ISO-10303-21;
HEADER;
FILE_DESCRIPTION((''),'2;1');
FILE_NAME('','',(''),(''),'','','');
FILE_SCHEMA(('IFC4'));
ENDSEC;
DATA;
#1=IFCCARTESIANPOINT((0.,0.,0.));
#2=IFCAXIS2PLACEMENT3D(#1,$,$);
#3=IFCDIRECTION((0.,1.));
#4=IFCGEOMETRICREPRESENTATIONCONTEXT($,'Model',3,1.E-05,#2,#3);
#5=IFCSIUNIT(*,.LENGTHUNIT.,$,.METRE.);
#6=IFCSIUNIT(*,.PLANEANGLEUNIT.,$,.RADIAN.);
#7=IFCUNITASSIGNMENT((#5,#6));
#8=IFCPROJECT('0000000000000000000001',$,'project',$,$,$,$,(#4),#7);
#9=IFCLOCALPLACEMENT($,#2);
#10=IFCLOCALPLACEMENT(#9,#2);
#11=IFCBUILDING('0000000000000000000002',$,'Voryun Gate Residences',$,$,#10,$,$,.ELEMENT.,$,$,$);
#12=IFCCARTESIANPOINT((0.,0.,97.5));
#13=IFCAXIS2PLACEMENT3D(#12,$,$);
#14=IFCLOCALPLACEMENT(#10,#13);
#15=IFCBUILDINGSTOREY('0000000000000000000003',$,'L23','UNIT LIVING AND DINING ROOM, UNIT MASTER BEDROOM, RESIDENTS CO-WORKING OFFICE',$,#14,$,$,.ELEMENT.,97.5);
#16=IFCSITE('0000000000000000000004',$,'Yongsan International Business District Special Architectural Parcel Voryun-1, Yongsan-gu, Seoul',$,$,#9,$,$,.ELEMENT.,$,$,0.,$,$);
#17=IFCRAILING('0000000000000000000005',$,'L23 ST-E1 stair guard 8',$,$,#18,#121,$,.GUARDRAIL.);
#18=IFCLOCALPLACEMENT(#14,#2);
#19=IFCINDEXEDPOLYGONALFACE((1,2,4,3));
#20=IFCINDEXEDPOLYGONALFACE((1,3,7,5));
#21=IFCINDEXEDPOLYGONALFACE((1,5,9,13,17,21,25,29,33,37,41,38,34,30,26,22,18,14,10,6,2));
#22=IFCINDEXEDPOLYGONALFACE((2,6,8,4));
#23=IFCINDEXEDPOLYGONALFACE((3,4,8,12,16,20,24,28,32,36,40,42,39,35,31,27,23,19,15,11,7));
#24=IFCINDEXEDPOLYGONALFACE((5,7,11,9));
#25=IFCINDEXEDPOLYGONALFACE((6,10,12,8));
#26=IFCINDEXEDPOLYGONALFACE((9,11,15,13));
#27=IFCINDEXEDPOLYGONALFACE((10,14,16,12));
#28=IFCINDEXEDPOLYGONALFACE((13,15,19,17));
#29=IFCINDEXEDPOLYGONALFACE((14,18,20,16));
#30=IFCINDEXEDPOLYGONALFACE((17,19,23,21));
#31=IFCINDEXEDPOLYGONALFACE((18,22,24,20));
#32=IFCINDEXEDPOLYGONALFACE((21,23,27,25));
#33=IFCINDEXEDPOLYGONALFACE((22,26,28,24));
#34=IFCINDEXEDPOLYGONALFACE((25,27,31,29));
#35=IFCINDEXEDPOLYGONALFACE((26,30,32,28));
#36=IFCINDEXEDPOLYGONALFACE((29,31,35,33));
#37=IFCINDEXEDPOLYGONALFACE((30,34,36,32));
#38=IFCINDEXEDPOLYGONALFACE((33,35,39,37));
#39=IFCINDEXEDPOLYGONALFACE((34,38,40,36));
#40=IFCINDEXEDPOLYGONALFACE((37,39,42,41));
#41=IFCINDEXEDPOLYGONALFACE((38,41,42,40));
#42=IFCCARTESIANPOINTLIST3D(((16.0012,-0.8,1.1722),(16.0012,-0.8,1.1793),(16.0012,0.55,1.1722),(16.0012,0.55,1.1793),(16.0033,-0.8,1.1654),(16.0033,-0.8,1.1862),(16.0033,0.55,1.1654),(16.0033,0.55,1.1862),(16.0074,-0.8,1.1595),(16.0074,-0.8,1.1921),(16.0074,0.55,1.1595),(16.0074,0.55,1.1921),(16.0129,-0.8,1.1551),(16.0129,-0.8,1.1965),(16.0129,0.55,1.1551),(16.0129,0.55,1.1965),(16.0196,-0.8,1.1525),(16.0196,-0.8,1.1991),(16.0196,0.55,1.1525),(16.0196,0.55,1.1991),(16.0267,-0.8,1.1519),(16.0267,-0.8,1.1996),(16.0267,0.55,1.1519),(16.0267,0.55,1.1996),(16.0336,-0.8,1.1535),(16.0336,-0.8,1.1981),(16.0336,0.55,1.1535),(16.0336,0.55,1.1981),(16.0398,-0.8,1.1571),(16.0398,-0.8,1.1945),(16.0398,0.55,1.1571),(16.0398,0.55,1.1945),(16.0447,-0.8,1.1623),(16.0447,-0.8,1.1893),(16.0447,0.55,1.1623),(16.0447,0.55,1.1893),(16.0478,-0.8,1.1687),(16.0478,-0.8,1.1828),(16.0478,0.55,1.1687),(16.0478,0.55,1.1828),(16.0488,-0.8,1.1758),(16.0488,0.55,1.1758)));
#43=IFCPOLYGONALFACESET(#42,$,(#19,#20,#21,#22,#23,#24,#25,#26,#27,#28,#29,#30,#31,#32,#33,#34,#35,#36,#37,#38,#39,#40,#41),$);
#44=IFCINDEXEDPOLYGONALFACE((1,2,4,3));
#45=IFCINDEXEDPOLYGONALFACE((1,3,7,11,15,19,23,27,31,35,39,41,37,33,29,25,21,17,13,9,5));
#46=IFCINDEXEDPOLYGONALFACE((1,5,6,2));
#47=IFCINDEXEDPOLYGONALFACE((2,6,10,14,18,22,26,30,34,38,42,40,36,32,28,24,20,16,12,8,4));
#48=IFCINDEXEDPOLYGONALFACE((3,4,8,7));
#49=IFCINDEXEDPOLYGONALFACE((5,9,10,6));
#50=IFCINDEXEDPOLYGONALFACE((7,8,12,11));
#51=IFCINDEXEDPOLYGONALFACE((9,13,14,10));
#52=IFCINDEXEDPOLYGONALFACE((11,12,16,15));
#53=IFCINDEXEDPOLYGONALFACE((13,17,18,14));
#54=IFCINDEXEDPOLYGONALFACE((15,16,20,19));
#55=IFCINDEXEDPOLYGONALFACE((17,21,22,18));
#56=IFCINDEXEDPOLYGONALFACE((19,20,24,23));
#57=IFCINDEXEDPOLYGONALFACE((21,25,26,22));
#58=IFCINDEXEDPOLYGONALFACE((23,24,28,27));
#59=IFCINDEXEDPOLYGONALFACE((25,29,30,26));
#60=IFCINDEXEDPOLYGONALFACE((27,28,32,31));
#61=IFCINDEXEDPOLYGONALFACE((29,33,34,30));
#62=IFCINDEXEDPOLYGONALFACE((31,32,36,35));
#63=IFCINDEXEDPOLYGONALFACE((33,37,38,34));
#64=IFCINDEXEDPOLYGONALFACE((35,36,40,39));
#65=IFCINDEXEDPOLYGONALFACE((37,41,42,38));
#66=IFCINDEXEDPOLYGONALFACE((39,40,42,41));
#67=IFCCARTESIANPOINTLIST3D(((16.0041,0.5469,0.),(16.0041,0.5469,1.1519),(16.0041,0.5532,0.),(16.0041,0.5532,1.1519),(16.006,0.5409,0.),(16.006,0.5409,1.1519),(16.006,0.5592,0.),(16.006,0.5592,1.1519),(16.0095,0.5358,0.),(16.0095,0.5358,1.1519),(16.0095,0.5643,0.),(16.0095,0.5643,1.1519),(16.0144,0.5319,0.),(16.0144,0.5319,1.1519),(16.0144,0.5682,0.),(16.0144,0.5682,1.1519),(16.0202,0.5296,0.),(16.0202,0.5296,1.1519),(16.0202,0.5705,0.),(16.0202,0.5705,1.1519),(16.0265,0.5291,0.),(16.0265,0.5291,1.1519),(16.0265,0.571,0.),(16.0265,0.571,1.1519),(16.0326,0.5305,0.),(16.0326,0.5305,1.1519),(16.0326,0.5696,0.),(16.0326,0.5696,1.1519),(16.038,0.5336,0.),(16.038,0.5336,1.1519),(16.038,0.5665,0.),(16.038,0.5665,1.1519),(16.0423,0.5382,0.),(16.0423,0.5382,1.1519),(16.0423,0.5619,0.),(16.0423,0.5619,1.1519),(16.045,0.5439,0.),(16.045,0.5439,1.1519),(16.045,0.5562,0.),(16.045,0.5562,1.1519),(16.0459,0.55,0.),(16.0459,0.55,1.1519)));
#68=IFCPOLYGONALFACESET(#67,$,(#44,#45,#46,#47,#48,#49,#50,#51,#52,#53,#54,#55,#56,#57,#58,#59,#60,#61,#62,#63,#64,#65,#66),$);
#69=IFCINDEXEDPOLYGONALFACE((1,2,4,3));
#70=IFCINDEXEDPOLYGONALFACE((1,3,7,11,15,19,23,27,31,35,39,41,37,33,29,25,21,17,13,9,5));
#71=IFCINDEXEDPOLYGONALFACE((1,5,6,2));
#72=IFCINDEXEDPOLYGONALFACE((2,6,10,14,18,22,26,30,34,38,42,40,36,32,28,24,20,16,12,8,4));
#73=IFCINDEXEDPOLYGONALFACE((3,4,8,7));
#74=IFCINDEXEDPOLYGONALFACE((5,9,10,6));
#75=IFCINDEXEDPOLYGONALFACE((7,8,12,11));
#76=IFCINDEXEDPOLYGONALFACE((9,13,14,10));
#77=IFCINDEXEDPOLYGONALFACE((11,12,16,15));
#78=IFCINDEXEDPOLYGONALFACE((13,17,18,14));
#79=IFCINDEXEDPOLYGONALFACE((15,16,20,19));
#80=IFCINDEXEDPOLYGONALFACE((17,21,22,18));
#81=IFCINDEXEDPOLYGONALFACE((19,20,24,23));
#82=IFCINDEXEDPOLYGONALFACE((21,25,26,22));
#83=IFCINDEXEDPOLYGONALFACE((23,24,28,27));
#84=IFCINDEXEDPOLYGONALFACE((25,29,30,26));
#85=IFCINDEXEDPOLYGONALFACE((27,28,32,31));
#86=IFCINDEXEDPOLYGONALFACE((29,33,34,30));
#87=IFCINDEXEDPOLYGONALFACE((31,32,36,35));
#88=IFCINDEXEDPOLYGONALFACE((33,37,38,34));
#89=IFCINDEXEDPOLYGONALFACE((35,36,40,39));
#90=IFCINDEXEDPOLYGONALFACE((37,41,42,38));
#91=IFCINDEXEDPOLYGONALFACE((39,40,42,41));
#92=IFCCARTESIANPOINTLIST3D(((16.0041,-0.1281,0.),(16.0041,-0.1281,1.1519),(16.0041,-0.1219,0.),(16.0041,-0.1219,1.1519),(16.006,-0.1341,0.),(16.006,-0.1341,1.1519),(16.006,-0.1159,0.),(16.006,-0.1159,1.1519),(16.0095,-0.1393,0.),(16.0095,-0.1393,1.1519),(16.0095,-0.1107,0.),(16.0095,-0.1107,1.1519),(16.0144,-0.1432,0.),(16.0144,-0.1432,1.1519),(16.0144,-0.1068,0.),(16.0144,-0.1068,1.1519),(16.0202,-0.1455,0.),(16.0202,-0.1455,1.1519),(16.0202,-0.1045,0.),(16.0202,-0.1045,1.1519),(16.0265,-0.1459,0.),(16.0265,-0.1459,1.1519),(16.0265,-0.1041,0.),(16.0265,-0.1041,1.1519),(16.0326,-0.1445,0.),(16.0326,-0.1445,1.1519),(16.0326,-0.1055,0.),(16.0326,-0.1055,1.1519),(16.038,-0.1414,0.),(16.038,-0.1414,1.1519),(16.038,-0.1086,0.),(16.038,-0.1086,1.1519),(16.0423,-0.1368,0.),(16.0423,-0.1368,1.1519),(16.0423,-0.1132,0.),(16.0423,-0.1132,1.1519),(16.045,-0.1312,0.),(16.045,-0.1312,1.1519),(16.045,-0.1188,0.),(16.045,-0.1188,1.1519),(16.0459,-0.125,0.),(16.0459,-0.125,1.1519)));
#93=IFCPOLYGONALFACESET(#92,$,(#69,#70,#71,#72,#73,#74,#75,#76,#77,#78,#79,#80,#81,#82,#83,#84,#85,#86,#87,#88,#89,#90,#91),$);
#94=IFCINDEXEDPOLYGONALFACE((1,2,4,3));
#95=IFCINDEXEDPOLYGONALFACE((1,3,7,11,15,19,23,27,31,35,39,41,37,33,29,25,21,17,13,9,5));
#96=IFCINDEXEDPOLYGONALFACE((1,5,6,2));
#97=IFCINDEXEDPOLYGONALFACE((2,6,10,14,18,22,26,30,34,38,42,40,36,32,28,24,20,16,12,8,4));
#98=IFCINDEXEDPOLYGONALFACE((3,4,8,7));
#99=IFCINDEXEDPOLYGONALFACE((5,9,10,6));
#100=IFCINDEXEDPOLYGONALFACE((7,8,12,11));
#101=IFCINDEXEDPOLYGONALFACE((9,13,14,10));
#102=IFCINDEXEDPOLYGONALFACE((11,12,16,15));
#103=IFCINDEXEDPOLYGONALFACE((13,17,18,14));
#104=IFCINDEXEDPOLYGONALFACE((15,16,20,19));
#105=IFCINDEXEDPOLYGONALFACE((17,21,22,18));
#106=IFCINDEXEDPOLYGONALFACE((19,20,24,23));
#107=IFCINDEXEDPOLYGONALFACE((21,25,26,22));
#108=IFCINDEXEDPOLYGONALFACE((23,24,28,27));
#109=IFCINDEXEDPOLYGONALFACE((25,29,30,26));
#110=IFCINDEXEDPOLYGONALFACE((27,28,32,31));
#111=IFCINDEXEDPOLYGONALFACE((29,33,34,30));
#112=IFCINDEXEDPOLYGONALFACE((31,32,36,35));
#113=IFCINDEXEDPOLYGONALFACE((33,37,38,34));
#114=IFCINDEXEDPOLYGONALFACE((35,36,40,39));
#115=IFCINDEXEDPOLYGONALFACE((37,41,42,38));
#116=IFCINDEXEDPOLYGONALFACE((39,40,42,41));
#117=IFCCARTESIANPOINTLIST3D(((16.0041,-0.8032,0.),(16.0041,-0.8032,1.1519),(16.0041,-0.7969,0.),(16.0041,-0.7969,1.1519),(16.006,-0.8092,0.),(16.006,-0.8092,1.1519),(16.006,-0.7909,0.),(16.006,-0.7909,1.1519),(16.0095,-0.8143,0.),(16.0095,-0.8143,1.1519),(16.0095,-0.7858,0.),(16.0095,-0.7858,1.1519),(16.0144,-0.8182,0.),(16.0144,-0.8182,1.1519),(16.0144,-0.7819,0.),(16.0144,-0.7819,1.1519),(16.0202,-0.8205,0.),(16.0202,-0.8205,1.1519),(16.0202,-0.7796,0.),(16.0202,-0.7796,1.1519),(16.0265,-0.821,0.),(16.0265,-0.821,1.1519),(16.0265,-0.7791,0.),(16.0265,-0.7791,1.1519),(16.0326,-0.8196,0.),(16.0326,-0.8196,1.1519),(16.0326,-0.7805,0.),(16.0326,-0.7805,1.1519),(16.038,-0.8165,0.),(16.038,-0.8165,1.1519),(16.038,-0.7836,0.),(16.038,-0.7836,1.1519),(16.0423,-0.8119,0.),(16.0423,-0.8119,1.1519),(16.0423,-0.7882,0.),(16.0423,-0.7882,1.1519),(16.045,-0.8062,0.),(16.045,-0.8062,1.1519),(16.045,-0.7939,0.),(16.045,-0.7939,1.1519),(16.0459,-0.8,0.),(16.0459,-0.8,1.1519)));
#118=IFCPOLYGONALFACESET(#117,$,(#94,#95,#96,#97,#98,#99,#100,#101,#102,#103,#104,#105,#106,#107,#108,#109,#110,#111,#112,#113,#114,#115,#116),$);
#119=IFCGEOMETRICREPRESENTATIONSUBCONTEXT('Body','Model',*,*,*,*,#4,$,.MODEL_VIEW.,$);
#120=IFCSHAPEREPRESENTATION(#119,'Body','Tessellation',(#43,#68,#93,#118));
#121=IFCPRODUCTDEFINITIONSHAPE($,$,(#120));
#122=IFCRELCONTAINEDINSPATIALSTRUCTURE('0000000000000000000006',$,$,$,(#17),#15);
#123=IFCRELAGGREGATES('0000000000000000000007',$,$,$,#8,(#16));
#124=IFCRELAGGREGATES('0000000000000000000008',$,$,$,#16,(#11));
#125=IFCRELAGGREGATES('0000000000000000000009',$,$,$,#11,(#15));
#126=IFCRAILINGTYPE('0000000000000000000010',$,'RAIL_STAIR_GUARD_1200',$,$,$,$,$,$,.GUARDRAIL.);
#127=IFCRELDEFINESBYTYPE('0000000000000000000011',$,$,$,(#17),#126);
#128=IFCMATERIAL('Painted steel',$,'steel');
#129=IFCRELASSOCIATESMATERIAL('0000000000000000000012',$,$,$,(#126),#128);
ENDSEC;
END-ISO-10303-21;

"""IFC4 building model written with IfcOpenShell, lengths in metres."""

from ifc_helpers import new_model, si_unit, direction, frame, origin, origin_2d, place, context, subcontext, project, spatial, circle, extrude, material, type_object, element, save


model = new_model("IFC4")

# Units and contexts
model_context = context("Model", 3, precision=1e-05, world=origin(), true_north=direction((0.0, 1.0)))
body_context = subcontext(model_context, "Body", "Model", "MODEL_VIEW")
ifc_project = project(units=[si_unit("LENGTHUNIT", "METRE"), si_unit("PLANEANGLEUNIT", "RADIAN")], contexts=[model_context])

# Site, building, storey
site_placement = place(None, origin())
site = spatial("IfcSite", under=ifc_project, at=site_placement, Name="Yongsan International Business District Special Architectural Parcel Voryun-1, Yongsan-gu, Seoul", CompositionType="ELEMENT", RefElevation=0.0)
building_placement = place(site_placement, origin())
building = spatial("IfcBuilding", under=site, at=building_placement, Name="Voryun Gate Residences", CompositionType="ELEMENT")
storey_placement = place(building_placement, frame((0.0, 0.0, 97.5)))
storey = spatial("IfcBuildingStorey", under=building, at=storey_placement, Name="L23", Description="UNIT LIVING AND DINING ROOM, UNIT MASTER BEDROOM, RESIDENTS CO-WORKING OFFICE", CompositionType="ELEMENT", Elevation=97.5)

# Railing
ifc_material_1 = material(Name="Painted steel", Category="steel")
railing_type = type_object("IfcRailingType", Name="RAIL_STAIR_GUARD_1200", PredefinedType="GUARDRAIL", material=ifc_material_1)
railing_1_placement = place(storey_placement, frame((16.0249, 0.55, 0.0)))
element("IfcRailing", 1, at=railing_1_placement, inside=storey, type_object=railing_type, Name="L23 ST-E1 stair guard 8", PredefinedType="GUARDRAIL", context=body_context, shape_type="SweptSolid", body=[
    extrude(circle(Radius=0.0239, at=origin_2d()), frame((0.0, 0.0, 1.1758), z_axis=(0.0, -1.0, 0.0), x_axis=(1.0, 0.0, 0.0)), (0.0, 0.0, 1.0), 1.3501),
    extrude(circle(Radius=0.021, at=origin_2d()), origin(), (0.0, 0.0, 1.0), 1.1519),
    extrude(circle(Radius=0.021, at=origin_2d()), frame((0.0, -0.675, 0.0)), (0.0, 0.0, 1.0), 1.1519),
    extrude(circle(Radius=0.021, at=origin_2d()), frame((0.0, -1.3501, 0.0)), (0.0, 0.0, 1.0), 1.1519),
])

save(model, "model.ifc")
